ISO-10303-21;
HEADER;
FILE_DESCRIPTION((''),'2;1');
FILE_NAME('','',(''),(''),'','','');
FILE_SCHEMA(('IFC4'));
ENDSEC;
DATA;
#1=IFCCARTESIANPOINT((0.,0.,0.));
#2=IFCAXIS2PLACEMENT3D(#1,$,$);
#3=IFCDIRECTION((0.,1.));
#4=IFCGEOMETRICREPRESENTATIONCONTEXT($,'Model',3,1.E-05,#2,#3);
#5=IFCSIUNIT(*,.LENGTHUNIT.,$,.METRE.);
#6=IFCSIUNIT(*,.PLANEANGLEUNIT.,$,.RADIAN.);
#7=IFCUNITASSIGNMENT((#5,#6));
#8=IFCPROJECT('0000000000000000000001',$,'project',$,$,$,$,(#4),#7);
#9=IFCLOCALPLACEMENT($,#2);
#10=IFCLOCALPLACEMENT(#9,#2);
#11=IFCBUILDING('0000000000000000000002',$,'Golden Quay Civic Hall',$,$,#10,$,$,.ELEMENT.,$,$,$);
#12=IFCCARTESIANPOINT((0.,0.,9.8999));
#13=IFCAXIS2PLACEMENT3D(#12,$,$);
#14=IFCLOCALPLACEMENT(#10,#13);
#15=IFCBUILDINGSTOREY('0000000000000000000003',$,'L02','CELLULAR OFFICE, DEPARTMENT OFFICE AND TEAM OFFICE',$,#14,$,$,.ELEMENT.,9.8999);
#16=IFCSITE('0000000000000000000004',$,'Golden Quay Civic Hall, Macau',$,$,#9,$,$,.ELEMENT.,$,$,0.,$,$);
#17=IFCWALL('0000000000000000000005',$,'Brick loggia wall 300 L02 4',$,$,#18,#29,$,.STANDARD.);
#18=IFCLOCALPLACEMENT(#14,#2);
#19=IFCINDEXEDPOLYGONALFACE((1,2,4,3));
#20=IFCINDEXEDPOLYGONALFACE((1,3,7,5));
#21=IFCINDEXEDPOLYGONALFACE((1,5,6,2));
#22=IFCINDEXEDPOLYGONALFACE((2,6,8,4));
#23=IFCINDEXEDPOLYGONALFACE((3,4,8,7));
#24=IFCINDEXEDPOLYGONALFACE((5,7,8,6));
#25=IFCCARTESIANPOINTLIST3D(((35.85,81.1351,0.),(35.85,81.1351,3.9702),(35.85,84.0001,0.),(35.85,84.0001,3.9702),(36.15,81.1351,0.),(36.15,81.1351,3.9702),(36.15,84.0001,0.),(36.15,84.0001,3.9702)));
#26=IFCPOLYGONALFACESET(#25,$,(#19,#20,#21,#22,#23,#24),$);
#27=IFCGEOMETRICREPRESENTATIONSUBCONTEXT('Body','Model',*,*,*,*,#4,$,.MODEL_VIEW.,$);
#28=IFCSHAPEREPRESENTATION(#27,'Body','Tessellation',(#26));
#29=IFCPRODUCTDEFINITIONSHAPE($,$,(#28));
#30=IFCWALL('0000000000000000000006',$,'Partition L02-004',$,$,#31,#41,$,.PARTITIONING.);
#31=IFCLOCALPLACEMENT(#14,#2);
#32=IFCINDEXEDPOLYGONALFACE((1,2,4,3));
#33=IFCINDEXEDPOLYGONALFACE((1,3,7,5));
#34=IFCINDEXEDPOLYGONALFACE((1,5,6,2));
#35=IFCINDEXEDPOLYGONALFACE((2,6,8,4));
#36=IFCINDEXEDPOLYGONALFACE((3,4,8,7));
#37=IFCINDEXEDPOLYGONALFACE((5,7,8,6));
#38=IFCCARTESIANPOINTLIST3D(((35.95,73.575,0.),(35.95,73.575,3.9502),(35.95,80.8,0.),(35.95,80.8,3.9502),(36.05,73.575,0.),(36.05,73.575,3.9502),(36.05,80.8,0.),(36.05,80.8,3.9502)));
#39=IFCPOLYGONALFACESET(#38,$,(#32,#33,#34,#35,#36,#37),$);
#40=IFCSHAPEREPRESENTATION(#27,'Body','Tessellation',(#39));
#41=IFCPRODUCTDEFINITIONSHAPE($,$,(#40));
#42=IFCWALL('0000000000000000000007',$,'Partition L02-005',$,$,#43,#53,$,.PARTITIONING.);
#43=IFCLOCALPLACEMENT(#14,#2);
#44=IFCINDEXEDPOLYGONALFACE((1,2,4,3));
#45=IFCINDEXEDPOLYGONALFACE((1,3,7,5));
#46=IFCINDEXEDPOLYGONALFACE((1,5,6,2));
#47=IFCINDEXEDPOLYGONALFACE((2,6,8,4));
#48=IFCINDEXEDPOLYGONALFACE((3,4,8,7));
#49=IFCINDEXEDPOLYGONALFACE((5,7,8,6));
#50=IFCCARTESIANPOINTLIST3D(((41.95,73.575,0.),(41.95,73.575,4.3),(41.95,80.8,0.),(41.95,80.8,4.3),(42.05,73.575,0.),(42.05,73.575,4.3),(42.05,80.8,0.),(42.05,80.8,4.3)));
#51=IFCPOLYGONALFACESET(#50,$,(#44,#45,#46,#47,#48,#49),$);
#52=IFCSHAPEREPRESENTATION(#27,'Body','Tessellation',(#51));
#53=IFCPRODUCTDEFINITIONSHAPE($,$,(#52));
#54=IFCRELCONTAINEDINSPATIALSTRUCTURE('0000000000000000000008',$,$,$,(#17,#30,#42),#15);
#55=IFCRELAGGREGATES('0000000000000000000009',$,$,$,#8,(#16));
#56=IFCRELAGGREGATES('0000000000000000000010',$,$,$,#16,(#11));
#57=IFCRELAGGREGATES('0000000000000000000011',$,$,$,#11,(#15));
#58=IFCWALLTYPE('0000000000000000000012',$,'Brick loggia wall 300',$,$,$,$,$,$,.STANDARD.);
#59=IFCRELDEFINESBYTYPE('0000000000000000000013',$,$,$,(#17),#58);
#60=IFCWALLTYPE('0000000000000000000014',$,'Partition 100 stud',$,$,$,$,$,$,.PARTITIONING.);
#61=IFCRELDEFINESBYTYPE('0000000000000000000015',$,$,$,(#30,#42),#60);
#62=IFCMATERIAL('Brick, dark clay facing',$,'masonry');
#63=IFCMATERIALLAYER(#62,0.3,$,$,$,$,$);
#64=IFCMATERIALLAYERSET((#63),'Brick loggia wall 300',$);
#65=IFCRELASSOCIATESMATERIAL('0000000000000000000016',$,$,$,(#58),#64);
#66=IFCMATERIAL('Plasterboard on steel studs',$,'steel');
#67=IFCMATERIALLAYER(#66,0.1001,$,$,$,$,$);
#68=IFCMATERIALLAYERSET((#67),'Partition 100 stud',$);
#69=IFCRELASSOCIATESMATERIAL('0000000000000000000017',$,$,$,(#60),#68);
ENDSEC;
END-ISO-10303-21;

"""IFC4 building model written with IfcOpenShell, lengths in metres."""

from ifc_helpers import new_model, si_unit, direction, frame, frame_2d, origin, place, context, subcontext, project, spatial, rectangle, extrude, material, layer, layer_set, type_object, element, save


model = new_model("IFC4")

# Units and contexts
model_context = context("Model", 3, precision=1e-05, world=origin(), true_north=direction((0.0, 1.0)))
body_context = subcontext(model_context, "Body", "Model", "MODEL_VIEW")
ifc_project = project(units=[si_unit("LENGTHUNIT", "METRE"), si_unit("PLANEANGLEUNIT", "RADIAN")], contexts=[model_context])

# Site, building, storey
site_placement = place(None, origin())
site = spatial("IfcSite", under=ifc_project, at=site_placement, Name="Golden Quay Civic Hall, Macau", CompositionType="ELEMENT", RefElevation=0.0)
building_placement = place(site_placement, origin())
building = spatial("IfcBuilding", under=site, at=building_placement, Name="Golden Quay Civic Hall", CompositionType="ELEMENT")
storey_placement = place(building_placement, frame((0.0, 0.0, 9.8999)))
storey = spatial("IfcBuildingStorey", under=building, at=storey_placement, Name="L02", Description="CELLULAR OFFICE, DEPARTMENT OFFICE AND TEAM OFFICE", CompositionType="ELEMENT", Elevation=9.8999)

# Walls
ifc_material_1 = material(Name="Brick, dark clay facing", Category="masonry")
ifc_layer_1 = layer(ifc_material_1, 0.3)
ifc_layer_set_1 = layer_set([ifc_layer_1], Name="Brick loggia wall 300")
wall_type_1 = type_object("IfcWallType", Name="Brick loggia wall 300", PredefinedType="STANDARD", material=ifc_layer_set_1)
wall_1_placement = place(storey_placement, frame((36.0, 81.135, 0.0), z_axis=(0.0, 0.0, 1.0), x_axis=(0.0, 1.0, 0.0)))
element("IfcWall", 1, at=wall_1_placement, inside=storey, type_object=wall_type_1, Name="Brick loggia wall 300 L02 4", PredefinedType="STANDARD", context=body_context, shape_type="SweptSolid", body=[
    extrude(rectangle(XDim=2.865, YDim=0.3, at=frame_2d((1.4326, 0.0))), origin(), (0.0, 0.0, 1.0), 3.9702),
])
ifc_material_2 = material(Name="Plasterboard on steel studs", Category="steel")
ifc_layer_2 = layer(ifc_material_2, 0.1001)
ifc_layer_set_2 = layer_set([ifc_layer_2], Name="Partition 100 stud")
wall_type_2 = type_object("IfcWallType", Name="Partition 100 stud", PredefinedType="PARTITIONING", material=ifc_layer_set_2)
wall_2_placement = place(storey_placement, frame((36.0, 73.575, 0.0), z_axis=(0.0, 0.0, 1.0), x_axis=(0.0, 1.0, 0.0)))
element("IfcWall", 2, at=wall_2_placement, inside=storey, type_object=wall_type_2, Name="Partition L02-004", PredefinedType="PARTITIONING", context=body_context, shape_type="SweptSolid", body=[
    extrude(rectangle(XDim=7.2251, YDim=0.1001, at=frame_2d((3.6125, 0.0))), origin(), (0.0, 0.0, 1.0), 3.9502),
])
wall_3_placement = place(storey_placement, frame((42.0, 73.575, 0.0), z_axis=(0.0, 0.0, 1.0), x_axis=(0.0, 1.0, 0.0)))
element("IfcWall", 3, at=wall_3_placement, inside=storey, type_object=wall_type_2, Name="Partition L02-005", PredefinedType="PARTITIONING", context=body_context, shape_type="SweptSolid", body=[
    extrude(rectangle(XDim=7.2251, YDim=0.1001, at=frame_2d((3.6125, 0.0))), origin(), (0.0, 0.0, 1.0), 4.3),
])

save(model, "model.ifc")
